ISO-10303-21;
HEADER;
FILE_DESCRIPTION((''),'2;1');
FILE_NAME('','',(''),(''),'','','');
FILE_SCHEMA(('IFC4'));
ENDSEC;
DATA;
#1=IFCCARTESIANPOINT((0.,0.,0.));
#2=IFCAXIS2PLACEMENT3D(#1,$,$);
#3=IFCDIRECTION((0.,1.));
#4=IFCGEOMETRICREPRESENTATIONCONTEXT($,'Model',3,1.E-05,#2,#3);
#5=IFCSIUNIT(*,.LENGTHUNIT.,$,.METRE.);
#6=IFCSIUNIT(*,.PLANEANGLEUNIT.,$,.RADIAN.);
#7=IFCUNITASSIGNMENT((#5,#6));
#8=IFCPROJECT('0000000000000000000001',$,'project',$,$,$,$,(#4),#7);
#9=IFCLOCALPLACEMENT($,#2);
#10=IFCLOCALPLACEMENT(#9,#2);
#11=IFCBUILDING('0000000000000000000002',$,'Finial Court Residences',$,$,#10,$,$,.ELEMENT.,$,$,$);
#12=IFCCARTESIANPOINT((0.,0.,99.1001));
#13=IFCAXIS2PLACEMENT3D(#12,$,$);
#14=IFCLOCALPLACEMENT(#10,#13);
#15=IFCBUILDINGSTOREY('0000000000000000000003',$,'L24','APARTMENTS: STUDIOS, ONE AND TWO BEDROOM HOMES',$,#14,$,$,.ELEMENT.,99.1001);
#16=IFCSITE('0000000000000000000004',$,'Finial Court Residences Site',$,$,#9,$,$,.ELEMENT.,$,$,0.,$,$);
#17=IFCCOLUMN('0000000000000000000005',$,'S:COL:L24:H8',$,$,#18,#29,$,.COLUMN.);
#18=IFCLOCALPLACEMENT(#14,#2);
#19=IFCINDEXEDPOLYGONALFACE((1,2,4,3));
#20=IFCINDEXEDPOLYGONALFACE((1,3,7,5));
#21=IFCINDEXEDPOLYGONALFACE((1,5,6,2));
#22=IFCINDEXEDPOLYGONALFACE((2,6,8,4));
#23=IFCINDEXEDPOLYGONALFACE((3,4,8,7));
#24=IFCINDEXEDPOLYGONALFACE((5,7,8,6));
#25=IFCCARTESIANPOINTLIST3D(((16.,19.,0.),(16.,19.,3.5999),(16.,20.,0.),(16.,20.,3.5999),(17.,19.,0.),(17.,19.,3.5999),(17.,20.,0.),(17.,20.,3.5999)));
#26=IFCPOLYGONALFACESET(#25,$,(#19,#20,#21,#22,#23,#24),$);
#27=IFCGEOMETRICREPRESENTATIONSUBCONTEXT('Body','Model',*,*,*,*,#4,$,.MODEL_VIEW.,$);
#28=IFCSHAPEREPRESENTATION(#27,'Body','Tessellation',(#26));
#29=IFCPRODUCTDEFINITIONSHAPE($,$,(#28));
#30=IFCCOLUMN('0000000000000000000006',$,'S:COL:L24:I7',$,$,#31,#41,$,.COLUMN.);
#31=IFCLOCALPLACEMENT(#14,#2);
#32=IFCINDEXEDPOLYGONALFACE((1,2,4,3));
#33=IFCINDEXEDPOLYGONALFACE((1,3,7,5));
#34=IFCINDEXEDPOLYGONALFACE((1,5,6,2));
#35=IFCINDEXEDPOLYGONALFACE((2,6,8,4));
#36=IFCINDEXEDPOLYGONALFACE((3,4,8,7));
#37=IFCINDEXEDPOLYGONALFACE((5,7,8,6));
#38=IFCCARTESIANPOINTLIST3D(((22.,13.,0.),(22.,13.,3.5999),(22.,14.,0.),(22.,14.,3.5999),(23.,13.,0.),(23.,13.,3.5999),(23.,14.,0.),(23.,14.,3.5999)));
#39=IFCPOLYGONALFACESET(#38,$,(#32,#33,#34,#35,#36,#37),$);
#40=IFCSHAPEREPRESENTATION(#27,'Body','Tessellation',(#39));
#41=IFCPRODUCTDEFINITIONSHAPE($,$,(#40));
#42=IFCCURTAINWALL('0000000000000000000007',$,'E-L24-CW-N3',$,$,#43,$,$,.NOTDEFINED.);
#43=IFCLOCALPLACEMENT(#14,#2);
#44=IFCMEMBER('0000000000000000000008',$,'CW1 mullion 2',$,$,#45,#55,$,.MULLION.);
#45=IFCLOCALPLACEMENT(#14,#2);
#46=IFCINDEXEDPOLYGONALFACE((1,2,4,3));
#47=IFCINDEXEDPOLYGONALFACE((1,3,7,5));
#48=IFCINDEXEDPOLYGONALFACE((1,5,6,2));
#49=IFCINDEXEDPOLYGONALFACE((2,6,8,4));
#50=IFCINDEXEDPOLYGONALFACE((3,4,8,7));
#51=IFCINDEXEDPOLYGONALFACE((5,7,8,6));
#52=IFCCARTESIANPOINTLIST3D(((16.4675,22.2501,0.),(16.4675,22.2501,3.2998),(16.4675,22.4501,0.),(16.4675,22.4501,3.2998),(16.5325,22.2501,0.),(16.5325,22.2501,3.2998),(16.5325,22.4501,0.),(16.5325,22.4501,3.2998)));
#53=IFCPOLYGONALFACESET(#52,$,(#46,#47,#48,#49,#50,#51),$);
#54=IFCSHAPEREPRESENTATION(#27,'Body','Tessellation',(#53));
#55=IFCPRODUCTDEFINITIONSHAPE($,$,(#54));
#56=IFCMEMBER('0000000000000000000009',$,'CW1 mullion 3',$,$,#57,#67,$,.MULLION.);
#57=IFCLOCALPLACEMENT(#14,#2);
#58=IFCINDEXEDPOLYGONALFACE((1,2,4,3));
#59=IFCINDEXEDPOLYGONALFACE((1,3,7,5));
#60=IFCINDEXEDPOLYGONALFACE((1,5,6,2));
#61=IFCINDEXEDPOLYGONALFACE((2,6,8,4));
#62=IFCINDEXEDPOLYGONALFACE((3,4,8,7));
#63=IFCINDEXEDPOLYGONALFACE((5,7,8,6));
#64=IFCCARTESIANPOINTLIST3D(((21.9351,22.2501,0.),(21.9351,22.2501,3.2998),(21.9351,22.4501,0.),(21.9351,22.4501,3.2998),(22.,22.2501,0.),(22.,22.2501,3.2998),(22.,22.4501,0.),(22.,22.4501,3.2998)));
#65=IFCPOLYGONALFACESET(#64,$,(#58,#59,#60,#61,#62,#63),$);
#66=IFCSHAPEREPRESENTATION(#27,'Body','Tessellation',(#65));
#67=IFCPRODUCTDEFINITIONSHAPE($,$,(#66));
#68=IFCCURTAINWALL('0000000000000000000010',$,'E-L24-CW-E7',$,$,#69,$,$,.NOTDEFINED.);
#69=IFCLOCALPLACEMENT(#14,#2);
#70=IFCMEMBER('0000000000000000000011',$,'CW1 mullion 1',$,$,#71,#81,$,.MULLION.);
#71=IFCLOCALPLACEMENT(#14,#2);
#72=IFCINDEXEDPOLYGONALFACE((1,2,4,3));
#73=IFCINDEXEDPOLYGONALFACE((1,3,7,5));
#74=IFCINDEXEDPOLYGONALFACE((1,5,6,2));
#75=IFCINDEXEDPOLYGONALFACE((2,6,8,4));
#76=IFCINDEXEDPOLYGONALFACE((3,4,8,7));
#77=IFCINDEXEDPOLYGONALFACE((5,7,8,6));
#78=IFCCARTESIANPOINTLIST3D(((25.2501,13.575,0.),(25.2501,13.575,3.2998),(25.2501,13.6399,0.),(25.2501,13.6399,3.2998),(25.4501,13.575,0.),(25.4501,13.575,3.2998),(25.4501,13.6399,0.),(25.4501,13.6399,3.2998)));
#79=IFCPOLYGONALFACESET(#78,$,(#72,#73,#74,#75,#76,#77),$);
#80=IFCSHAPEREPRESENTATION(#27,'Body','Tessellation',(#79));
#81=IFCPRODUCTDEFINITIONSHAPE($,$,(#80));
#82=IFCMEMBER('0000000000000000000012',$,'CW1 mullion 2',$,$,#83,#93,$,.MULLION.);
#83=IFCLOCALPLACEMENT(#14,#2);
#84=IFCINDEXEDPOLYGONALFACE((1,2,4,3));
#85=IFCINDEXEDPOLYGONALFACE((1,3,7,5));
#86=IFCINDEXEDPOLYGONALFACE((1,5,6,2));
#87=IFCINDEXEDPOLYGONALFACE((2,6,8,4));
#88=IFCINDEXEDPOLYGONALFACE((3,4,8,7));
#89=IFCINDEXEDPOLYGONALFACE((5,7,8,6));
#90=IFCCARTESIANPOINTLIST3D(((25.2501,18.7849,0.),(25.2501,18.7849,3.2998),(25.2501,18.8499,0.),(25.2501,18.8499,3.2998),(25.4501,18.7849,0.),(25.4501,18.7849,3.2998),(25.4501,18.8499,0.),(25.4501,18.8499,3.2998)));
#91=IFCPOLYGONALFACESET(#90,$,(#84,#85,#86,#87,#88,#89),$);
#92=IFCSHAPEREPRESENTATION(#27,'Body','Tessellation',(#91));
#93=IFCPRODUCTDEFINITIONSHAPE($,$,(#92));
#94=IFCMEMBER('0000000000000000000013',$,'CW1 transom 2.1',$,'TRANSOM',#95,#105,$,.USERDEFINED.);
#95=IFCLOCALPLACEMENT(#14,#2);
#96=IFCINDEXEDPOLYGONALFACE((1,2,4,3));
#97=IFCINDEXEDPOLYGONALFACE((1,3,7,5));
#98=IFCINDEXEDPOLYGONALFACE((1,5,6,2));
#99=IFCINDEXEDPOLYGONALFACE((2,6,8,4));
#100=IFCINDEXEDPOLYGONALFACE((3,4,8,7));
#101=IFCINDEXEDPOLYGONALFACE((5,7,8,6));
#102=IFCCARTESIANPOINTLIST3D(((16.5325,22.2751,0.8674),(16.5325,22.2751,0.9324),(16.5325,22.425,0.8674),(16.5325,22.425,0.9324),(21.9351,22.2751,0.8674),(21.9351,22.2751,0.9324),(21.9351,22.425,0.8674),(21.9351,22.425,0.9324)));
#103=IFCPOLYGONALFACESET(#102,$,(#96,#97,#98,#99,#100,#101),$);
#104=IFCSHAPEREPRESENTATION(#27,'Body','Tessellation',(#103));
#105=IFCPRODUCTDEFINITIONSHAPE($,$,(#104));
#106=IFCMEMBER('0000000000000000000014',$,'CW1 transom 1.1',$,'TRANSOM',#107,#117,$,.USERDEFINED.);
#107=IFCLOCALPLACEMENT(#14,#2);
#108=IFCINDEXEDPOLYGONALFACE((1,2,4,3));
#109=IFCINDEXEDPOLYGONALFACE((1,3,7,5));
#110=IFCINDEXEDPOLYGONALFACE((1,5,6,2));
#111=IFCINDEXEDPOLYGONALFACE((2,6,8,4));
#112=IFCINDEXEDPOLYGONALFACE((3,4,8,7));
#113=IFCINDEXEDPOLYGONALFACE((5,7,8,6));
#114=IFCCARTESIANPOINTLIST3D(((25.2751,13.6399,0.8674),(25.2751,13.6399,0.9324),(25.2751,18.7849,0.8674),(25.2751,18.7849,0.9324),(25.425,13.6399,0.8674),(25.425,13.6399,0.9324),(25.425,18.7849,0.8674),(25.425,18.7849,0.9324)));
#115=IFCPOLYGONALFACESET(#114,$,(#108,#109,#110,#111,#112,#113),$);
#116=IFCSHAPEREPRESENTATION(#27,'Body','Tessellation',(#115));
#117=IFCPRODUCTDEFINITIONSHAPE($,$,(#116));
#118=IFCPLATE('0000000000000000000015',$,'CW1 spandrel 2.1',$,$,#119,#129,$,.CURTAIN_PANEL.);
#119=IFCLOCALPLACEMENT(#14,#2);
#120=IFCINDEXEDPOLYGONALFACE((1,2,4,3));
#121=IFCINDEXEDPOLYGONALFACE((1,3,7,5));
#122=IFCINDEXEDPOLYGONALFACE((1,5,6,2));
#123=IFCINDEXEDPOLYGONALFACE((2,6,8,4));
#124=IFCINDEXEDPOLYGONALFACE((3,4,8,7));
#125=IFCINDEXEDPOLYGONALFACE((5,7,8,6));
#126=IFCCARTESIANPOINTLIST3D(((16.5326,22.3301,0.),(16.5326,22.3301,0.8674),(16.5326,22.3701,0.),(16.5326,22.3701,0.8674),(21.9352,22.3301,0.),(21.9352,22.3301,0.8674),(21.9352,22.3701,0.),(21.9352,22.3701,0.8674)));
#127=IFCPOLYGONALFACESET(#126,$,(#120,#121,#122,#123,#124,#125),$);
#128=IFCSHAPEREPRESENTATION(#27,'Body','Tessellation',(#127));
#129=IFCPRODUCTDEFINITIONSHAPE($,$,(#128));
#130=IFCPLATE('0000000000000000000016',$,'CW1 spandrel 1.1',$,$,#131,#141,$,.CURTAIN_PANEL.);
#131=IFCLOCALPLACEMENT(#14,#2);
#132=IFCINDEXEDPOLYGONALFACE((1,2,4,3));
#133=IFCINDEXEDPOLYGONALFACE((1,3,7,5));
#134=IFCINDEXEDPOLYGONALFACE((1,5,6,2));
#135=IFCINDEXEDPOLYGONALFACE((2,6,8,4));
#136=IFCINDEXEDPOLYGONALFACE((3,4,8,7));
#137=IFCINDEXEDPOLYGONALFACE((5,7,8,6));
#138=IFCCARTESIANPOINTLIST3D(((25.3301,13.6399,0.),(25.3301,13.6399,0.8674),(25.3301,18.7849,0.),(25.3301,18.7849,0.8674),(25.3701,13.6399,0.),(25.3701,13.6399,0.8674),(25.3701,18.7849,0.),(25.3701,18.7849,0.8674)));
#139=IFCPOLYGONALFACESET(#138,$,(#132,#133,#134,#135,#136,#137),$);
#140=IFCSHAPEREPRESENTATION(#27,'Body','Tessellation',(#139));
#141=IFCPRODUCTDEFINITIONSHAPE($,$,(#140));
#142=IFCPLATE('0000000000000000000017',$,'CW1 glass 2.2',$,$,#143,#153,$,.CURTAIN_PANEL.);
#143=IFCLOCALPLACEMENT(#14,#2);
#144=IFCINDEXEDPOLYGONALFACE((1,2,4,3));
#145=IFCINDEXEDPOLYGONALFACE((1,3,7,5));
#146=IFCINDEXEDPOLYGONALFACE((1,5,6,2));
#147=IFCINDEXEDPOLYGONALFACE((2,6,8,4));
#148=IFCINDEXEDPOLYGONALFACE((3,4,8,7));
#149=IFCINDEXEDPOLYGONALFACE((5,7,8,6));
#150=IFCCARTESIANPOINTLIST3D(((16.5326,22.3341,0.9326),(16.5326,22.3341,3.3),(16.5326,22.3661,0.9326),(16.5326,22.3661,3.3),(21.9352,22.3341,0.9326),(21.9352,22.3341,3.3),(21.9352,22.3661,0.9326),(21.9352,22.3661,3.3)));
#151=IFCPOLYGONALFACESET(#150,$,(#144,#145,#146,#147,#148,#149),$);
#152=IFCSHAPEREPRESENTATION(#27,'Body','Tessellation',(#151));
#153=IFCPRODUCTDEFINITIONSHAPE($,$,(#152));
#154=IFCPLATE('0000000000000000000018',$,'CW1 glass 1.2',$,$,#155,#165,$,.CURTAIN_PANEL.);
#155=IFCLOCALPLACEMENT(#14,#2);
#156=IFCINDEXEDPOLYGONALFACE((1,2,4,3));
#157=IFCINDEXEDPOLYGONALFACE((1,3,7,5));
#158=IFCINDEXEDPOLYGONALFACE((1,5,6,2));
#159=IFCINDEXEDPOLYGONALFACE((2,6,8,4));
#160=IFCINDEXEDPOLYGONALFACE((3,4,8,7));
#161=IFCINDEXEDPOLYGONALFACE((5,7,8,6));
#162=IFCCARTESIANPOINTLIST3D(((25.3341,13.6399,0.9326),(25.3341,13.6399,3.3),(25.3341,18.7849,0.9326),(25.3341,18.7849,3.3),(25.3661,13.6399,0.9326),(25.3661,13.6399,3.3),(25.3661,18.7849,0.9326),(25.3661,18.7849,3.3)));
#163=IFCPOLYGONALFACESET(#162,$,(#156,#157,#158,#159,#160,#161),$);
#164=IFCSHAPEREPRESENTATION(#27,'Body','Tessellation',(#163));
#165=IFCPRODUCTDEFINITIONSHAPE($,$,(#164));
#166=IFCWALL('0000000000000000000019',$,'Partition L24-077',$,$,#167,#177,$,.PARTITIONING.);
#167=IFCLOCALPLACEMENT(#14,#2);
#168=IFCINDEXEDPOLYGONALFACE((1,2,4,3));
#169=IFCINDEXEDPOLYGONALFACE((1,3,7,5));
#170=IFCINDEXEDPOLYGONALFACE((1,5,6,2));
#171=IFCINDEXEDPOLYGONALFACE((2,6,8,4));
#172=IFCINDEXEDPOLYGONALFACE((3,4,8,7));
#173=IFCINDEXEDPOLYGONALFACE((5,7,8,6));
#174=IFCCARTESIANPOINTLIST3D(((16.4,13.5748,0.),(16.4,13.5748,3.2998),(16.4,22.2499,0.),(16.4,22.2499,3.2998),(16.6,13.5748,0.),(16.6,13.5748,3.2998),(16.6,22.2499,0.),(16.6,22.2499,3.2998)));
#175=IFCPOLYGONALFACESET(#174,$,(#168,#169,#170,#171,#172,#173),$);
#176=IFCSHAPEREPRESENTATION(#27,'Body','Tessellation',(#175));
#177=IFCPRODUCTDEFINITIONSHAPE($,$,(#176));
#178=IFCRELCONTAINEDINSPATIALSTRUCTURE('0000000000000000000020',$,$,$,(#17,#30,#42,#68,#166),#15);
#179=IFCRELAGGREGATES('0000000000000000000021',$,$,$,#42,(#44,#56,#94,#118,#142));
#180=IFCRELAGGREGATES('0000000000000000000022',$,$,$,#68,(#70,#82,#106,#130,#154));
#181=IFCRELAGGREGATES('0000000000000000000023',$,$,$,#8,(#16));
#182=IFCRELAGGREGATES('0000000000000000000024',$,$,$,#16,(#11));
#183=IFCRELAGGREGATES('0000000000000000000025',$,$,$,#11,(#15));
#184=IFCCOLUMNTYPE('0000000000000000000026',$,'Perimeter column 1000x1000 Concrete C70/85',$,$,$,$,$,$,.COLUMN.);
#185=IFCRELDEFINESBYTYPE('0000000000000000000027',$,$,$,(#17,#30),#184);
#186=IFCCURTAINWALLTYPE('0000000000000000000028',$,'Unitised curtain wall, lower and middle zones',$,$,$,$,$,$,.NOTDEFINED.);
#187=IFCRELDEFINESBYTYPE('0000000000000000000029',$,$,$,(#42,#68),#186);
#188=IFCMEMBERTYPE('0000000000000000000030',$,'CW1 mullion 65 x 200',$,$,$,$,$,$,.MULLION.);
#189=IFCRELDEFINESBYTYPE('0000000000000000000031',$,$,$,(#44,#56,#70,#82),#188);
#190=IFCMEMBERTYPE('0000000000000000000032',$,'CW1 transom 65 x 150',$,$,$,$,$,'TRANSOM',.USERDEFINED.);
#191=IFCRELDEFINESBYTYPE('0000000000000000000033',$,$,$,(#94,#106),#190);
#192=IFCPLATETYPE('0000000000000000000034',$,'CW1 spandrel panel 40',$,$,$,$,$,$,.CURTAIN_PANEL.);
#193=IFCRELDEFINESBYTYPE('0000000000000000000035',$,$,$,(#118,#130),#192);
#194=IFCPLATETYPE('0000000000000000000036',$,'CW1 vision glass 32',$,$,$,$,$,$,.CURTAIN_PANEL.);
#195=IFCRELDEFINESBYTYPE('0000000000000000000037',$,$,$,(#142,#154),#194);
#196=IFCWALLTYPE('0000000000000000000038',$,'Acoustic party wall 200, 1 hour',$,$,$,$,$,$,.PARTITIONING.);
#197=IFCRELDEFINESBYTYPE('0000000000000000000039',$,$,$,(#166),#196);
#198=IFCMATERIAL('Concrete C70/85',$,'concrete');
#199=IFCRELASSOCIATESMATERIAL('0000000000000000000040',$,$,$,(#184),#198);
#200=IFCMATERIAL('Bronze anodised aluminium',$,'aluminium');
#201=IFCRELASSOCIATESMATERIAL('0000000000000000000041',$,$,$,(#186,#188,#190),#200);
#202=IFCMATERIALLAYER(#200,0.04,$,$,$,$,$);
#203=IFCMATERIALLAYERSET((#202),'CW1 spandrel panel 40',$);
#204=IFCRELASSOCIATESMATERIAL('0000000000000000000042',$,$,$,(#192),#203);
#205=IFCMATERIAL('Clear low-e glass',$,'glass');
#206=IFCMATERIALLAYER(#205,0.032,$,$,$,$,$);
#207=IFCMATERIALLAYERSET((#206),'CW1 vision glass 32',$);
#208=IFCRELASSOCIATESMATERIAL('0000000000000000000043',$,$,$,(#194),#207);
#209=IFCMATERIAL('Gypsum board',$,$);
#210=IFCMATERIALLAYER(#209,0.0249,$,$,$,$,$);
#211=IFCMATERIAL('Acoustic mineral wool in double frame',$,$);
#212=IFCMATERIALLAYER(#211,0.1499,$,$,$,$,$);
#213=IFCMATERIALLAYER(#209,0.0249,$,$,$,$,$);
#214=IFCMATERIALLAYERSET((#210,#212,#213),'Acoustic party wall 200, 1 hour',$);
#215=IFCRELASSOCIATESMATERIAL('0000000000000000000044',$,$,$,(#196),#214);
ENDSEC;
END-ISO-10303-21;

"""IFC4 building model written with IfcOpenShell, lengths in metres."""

from ifc_helpers import new_model, si_unit, direction, frame, frame_2d, origin, origin_2d, place, context, subcontext, project, spatial, rectangle, extrude, material, layer, layer_set, material_profile, profile_set, type_object, element, aggregate, save


model = new_model("IFC4")

# Units and contexts
model_context = context("Model", 3, precision=1e-05, world=origin(), true_north=direction((0.0, 1.0)))
body_context = subcontext(model_context, "Body", "Model", "MODEL_VIEW")
ifc_project = project(units=[si_unit("LENGTHUNIT", "METRE"), si_unit("PLANEANGLEUNIT", "RADIAN")], contexts=[model_context])

# Site, building, storey
site_placement = place(None, origin())
site = spatial("IfcSite", under=ifc_project, at=site_placement, Name="Finial Court Residences Site", CompositionType="ELEMENT", RefElevation=0.0)
building_placement = place(site_placement, origin())
building = spatial("IfcBuilding", under=site, at=building_placement, Name="Finial Court Residences", CompositionType="ELEMENT")
storey_placement = place(building_placement, frame((0.0, 0.0, 99.1001)))
storey = spatial("IfcBuildingStorey", under=building, at=storey_placement, Name="L24", Description="APARTMENTS: STUDIOS, ONE AND TWO BEDROOM HOMES", CompositionType="ELEMENT", Elevation=99.1001)

# Columns
ifc_material_1 = material(Name="Concrete C70/85", Category="concrete")
ifc_material_profile_1 = material_profile(ifc_material_1, rectangle(XDim=1.0, YDim=1.0, at=origin_2d()), Name="1000x1000")
ifc_profile_set_1 = profile_set([ifc_material_profile_1], Name="Concrete C70/85")
column_type = type_object("IfcColumnType", Name="Perimeter column 1000x1000 Concrete C70/85", PredefinedType="COLUMN", material=ifc_profile_set_1)
for number, where, z_axis, x_axis, name in (
    (1, (16.5, 19.5, 0.0), (0.0, 0.0, 1.0), (1.0, 0.0, 0.0), "S:COL:L24:H8"),
    (2, (22.5, 13.5, 0.0), (0.0, 0.0, 1.0), (1.0, 0.0, 0.0), "S:COL:L24:I7"),
):
    element("IfcColumn", number, at=place(storey_placement, frame(where, z_axis=z_axis, x_axis=x_axis)), inside=storey, type_object=column_type, Name=name, PredefinedType="COLUMN", context=body_context, shape_type="SweptSolid", body=[
        extrude(rectangle(XDim=1.0, YDim=1.0, at=origin_2d()), origin(), (0.0, 0.0, 1.0), 3.5999),
    ])

# Curtain walls, members
ifc_material_2 = material(Name="Bronze anodised aluminium", Category="aluminium")
curtain_wall_type = type_object("IfcCurtainWallType", Name="Unitised curtain wall, lower and middle zones", PredefinedType="NOTDEFINED", material=ifc_material_2)
curtain_wall_1_placement = place(storey_placement, origin())
curtain_wall_1 = element("IfcCurtainWall", 3, at=curtain_wall_1_placement, inside=storey, type_object=curtain_wall_type, Name="E-L24-CW-N3", PredefinedType="NOTDEFINED")
ifc_material_profile_2 = material_profile(ifc_material_2, rectangle(XDim=0.2, YDim=0.0649, at=origin_2d()), Name="CW1 mullion 65 x 200")
ifc_profile_set_2 = profile_set([ifc_material_profile_2], Name="Bronze anodised aluminium")
member_type_1 = type_object("IfcMemberType", Name="CW1 mullion 65 x 200", PredefinedType="MULLION", material=ifc_profile_set_2)
member_1_placement = place(storey_placement, frame((16.5, 22.3501, 0.0), z_axis=(0.0, 0.0, 1.0), x_axis=(0.0, 1.0, 0.0)))
member_1 = element("IfcMember", 4, at=member_1_placement, type_object=member_type_1, Name="CW1 mullion 2", PredefinedType="MULLION", context=body_context, shape_type="SweptSolid", body=[
    extrude(rectangle(XDim=0.2, YDim=0.0649, at=origin_2d()), origin(), (0.0, 0.0, 1.0), 3.2998),
])
member_2_placement = place(storey_placement, frame((21.9675, 22.3501, 0.0), z_axis=(0.0, 0.0, 1.0), x_axis=(0.0, 1.0, 0.0)))
member_2 = element("IfcMember", 5, at=member_2_placement, type_object=member_type_1, Name="CW1 mullion 3", PredefinedType="MULLION", context=body_context, shape_type="SweptSolid", body=[
    extrude(rectangle(XDim=0.2, YDim=0.0649, at=origin_2d()), origin(), (0.0, 0.0, 1.0), 3.2998),
])
curtain_wall_2_placement = place(storey_placement, origin())
curtain_wall_2 = element("IfcCurtainWall", 6, at=curtain_wall_2_placement, inside=storey, type_object=curtain_wall_type, Name="E-L24-CW-E7", PredefinedType="NOTDEFINED")
member_3_placement = place(storey_placement, frame((25.3501, 13.6074, 0.0), z_axis=(0.0, 0.0, 1.0), x_axis=(-1.0, 0.0, 0.0)))
member_3 = element("IfcMember", 7, at=member_3_placement, type_object=member_type_1, Name="CW1 mullion 1", PredefinedType="MULLION", context=body_context, shape_type="SweptSolid", body=[
    extrude(rectangle(XDim=0.2, YDim=0.0649, at=origin_2d()), origin(), (0.0, 0.0, 1.0), 3.2998),
])
member_4_placement = place(storey_placement, frame((25.3501, 18.8174, 0.0), z_axis=(0.0, 0.0, 1.0), x_axis=(-1.0, 0.0, 0.0)))
member_4 = element("IfcMember", 8, at=member_4_placement, type_object=member_type_1, Name="CW1 mullion 2", PredefinedType="MULLION", context=body_context, shape_type="SweptSolid", body=[
    extrude(rectangle(XDim=0.2, YDim=0.0649, at=origin_2d()), origin(), (0.0, 0.0, 1.0), 3.2998),
])

# Members
ifc_material_profile_3 = material_profile(ifc_material_2, rectangle(XDim=0.1499, YDim=0.0649, at=origin_2d()), Name="CW1 transom 65 x 150")
ifc_profile_set_3 = profile_set([ifc_material_profile_3], Name="Bronze anodised aluminium")
member_type_2 = type_object("IfcMemberType", Name="CW1 transom 65 x 150", ElementType="TRANSOM", PredefinedType="USERDEFINED", material=ifc_profile_set_3)
member_5_placement = place(storey_placement, frame((16.5325, 22.3501, 0.8999), z_axis=(1.0, 0.0, 0.0), x_axis=(0.0, 1.0, 0.0)))
member_5 = element("IfcMember", 9, at=member_5_placement, type_object=member_type_2, Name="CW1 transom 2.1", ObjectType="TRANSOM", PredefinedType="USERDEFINED", context=body_context, shape_type="SweptSolid", body=[
    extrude(rectangle(XDim=0.1499, YDim=0.0649, at=origin_2d()), origin(), (0.0, 0.0, 1.0), 5.4026),
])
member_6_placement = place(storey_placement, frame((25.3501, 13.6399, 0.8999), z_axis=(0.0, 1.0, 0.0), x_axis=(-1.0, 0.0, 0.0)))
member_6 = element("IfcMember", 10, at=member_6_placement, type_object=member_type_2, Name="CW1 transom 1.1", ObjectType="TRANSOM", PredefinedType="USERDEFINED", context=body_context, shape_type="SweptSolid", body=[
    extrude(rectangle(XDim=0.1499, YDim=0.0649, at=origin_2d()), origin(), (0.0, 0.0, 1.0), 5.145),
])

# Plates
ifc_layer_1 = layer(ifc_material_2, 0.04)
ifc_layer_set_1 = layer_set([ifc_layer_1], Name="CW1 spandrel panel 40")
plate_type_1 = type_object("IfcPlateType", Name="CW1 spandrel panel 40", PredefinedType="CURTAIN_PANEL", material=ifc_layer_set_1)
plate_1_placement = place(storey_placement, frame((19.2339, 22.3501, 0.0), z_axis=(0.0, 0.0, 1.0), x_axis=(1.0, 0.0, 0.0)))
plate_1 = element("IfcPlate", 11, at=plate_1_placement, type_object=plate_type_1, Name="CW1 spandrel 2.1", PredefinedType="CURTAIN_PANEL", context=body_context, shape_type="SweptSolid", body=[
    extrude(rectangle(XDim=5.4026, YDim=0.04, at=origin_2d()), origin(), (0.0, 0.0, 1.0), 0.8674),
])
plate_2_placement = place(storey_placement, frame((25.3501, 16.2124, 0.0), z_axis=(0.0, 0.0, 1.0), x_axis=(0.0, 1.0, 0.0)))
plate_2 = element("IfcPlate", 12, at=plate_2_placement, type_object=plate_type_1, Name="CW1 spandrel 1.1", PredefinedType="CURTAIN_PANEL", context=body_context, shape_type="SweptSolid", body=[
    extrude(rectangle(XDim=5.145, YDim=0.04, at=origin_2d()), origin(), (0.0, 0.0, 1.0), 0.8674),
])
ifc_material_3 = material(Name="Clear low-e glass", Category="glass")
ifc_layer_2 = layer(ifc_material_3, 0.032)
ifc_layer_set_2 = layer_set([ifc_layer_2], Name="CW1 vision glass 32")
plate_type_2 = type_object("IfcPlateType", Name="CW1 vision glass 32", PredefinedType="CURTAIN_PANEL", material=ifc_layer_set_2)
plate_3_placement = place(storey_placement, frame((19.2339, 22.3501, 0.9326), z_axis=(0.0, 0.0, 1.0), x_axis=(1.0, 0.0, 0.0)))
plate_3 = element("IfcPlate", 13, at=plate_3_placement, type_object=plate_type_2, Name="CW1 glass 2.2", PredefinedType="CURTAIN_PANEL", context=body_context, shape_type="SweptSolid", body=[
    extrude(rectangle(XDim=5.4026, YDim=0.032, at=origin_2d()), origin(), (0.0, 0.0, 1.0), 2.3674),
])
aggregate(curtain_wall_1, [member_1, member_2, member_5, plate_1, plate_3])
plate_4_placement = place(storey_placement, frame((25.3501, 16.2124, 0.9326), z_axis=(0.0, 0.0, 1.0), x_axis=(0.0, 1.0, 0.0)))
plate_4 = element("IfcPlate", 14, at=plate_4_placement, type_object=plate_type_2, Name="CW1 glass 1.2", PredefinedType="CURTAIN_PANEL", context=body_context, shape_type="SweptSolid", body=[
    extrude(rectangle(XDim=5.145, YDim=0.032, at=origin_2d()), origin(), (0.0, 0.0, 1.0), 2.3674),
])
aggregate(curtain_wall_2, [member_3, member_4, member_6, plate_2, plate_4])

# Wall
ifc_material_4 = material(Name="Gypsum board")
ifc_layer_3 = layer(ifc_material_4, 0.0249)
ifc_material_5 = material(Name="Acoustic mineral wool in double frame")
ifc_layer_4 = layer(ifc_material_5, 0.1499)
ifc_layer_5 = layer(ifc_material_4, 0.0249)
ifc_layer_set_3 = layer_set([ifc_layer_3, ifc_layer_4, ifc_layer_5], Name="Acoustic party wall 200, 1 hour")
wall_type_1 = type_object("IfcWallType", Name="Acoustic party wall 200, 1 hour", PredefinedType="PARTITIONING", material=ifc_layer_set_3)
wall_1_placement = place(storey_placement, frame((16.5, 13.575, 0.0), z_axis=(0.0, 0.0, 1.0), x_axis=(0.0, 1.0, 0.0)))
element("IfcWall", 15, at=wall_1_placement, inside=storey, type_object=wall_type_1, Name="Partition L24-077", PredefinedType="PARTITIONING", context=body_context, shape_type="SweptSolid", body=[
    extrude(rectangle(XDim=8.675, YDim=0.2, at=frame_2d((4.3374, 0.0))), origin(), (0.0, 0.0, 1.0), 3.2998),
])

save(model, "model.ifc")
